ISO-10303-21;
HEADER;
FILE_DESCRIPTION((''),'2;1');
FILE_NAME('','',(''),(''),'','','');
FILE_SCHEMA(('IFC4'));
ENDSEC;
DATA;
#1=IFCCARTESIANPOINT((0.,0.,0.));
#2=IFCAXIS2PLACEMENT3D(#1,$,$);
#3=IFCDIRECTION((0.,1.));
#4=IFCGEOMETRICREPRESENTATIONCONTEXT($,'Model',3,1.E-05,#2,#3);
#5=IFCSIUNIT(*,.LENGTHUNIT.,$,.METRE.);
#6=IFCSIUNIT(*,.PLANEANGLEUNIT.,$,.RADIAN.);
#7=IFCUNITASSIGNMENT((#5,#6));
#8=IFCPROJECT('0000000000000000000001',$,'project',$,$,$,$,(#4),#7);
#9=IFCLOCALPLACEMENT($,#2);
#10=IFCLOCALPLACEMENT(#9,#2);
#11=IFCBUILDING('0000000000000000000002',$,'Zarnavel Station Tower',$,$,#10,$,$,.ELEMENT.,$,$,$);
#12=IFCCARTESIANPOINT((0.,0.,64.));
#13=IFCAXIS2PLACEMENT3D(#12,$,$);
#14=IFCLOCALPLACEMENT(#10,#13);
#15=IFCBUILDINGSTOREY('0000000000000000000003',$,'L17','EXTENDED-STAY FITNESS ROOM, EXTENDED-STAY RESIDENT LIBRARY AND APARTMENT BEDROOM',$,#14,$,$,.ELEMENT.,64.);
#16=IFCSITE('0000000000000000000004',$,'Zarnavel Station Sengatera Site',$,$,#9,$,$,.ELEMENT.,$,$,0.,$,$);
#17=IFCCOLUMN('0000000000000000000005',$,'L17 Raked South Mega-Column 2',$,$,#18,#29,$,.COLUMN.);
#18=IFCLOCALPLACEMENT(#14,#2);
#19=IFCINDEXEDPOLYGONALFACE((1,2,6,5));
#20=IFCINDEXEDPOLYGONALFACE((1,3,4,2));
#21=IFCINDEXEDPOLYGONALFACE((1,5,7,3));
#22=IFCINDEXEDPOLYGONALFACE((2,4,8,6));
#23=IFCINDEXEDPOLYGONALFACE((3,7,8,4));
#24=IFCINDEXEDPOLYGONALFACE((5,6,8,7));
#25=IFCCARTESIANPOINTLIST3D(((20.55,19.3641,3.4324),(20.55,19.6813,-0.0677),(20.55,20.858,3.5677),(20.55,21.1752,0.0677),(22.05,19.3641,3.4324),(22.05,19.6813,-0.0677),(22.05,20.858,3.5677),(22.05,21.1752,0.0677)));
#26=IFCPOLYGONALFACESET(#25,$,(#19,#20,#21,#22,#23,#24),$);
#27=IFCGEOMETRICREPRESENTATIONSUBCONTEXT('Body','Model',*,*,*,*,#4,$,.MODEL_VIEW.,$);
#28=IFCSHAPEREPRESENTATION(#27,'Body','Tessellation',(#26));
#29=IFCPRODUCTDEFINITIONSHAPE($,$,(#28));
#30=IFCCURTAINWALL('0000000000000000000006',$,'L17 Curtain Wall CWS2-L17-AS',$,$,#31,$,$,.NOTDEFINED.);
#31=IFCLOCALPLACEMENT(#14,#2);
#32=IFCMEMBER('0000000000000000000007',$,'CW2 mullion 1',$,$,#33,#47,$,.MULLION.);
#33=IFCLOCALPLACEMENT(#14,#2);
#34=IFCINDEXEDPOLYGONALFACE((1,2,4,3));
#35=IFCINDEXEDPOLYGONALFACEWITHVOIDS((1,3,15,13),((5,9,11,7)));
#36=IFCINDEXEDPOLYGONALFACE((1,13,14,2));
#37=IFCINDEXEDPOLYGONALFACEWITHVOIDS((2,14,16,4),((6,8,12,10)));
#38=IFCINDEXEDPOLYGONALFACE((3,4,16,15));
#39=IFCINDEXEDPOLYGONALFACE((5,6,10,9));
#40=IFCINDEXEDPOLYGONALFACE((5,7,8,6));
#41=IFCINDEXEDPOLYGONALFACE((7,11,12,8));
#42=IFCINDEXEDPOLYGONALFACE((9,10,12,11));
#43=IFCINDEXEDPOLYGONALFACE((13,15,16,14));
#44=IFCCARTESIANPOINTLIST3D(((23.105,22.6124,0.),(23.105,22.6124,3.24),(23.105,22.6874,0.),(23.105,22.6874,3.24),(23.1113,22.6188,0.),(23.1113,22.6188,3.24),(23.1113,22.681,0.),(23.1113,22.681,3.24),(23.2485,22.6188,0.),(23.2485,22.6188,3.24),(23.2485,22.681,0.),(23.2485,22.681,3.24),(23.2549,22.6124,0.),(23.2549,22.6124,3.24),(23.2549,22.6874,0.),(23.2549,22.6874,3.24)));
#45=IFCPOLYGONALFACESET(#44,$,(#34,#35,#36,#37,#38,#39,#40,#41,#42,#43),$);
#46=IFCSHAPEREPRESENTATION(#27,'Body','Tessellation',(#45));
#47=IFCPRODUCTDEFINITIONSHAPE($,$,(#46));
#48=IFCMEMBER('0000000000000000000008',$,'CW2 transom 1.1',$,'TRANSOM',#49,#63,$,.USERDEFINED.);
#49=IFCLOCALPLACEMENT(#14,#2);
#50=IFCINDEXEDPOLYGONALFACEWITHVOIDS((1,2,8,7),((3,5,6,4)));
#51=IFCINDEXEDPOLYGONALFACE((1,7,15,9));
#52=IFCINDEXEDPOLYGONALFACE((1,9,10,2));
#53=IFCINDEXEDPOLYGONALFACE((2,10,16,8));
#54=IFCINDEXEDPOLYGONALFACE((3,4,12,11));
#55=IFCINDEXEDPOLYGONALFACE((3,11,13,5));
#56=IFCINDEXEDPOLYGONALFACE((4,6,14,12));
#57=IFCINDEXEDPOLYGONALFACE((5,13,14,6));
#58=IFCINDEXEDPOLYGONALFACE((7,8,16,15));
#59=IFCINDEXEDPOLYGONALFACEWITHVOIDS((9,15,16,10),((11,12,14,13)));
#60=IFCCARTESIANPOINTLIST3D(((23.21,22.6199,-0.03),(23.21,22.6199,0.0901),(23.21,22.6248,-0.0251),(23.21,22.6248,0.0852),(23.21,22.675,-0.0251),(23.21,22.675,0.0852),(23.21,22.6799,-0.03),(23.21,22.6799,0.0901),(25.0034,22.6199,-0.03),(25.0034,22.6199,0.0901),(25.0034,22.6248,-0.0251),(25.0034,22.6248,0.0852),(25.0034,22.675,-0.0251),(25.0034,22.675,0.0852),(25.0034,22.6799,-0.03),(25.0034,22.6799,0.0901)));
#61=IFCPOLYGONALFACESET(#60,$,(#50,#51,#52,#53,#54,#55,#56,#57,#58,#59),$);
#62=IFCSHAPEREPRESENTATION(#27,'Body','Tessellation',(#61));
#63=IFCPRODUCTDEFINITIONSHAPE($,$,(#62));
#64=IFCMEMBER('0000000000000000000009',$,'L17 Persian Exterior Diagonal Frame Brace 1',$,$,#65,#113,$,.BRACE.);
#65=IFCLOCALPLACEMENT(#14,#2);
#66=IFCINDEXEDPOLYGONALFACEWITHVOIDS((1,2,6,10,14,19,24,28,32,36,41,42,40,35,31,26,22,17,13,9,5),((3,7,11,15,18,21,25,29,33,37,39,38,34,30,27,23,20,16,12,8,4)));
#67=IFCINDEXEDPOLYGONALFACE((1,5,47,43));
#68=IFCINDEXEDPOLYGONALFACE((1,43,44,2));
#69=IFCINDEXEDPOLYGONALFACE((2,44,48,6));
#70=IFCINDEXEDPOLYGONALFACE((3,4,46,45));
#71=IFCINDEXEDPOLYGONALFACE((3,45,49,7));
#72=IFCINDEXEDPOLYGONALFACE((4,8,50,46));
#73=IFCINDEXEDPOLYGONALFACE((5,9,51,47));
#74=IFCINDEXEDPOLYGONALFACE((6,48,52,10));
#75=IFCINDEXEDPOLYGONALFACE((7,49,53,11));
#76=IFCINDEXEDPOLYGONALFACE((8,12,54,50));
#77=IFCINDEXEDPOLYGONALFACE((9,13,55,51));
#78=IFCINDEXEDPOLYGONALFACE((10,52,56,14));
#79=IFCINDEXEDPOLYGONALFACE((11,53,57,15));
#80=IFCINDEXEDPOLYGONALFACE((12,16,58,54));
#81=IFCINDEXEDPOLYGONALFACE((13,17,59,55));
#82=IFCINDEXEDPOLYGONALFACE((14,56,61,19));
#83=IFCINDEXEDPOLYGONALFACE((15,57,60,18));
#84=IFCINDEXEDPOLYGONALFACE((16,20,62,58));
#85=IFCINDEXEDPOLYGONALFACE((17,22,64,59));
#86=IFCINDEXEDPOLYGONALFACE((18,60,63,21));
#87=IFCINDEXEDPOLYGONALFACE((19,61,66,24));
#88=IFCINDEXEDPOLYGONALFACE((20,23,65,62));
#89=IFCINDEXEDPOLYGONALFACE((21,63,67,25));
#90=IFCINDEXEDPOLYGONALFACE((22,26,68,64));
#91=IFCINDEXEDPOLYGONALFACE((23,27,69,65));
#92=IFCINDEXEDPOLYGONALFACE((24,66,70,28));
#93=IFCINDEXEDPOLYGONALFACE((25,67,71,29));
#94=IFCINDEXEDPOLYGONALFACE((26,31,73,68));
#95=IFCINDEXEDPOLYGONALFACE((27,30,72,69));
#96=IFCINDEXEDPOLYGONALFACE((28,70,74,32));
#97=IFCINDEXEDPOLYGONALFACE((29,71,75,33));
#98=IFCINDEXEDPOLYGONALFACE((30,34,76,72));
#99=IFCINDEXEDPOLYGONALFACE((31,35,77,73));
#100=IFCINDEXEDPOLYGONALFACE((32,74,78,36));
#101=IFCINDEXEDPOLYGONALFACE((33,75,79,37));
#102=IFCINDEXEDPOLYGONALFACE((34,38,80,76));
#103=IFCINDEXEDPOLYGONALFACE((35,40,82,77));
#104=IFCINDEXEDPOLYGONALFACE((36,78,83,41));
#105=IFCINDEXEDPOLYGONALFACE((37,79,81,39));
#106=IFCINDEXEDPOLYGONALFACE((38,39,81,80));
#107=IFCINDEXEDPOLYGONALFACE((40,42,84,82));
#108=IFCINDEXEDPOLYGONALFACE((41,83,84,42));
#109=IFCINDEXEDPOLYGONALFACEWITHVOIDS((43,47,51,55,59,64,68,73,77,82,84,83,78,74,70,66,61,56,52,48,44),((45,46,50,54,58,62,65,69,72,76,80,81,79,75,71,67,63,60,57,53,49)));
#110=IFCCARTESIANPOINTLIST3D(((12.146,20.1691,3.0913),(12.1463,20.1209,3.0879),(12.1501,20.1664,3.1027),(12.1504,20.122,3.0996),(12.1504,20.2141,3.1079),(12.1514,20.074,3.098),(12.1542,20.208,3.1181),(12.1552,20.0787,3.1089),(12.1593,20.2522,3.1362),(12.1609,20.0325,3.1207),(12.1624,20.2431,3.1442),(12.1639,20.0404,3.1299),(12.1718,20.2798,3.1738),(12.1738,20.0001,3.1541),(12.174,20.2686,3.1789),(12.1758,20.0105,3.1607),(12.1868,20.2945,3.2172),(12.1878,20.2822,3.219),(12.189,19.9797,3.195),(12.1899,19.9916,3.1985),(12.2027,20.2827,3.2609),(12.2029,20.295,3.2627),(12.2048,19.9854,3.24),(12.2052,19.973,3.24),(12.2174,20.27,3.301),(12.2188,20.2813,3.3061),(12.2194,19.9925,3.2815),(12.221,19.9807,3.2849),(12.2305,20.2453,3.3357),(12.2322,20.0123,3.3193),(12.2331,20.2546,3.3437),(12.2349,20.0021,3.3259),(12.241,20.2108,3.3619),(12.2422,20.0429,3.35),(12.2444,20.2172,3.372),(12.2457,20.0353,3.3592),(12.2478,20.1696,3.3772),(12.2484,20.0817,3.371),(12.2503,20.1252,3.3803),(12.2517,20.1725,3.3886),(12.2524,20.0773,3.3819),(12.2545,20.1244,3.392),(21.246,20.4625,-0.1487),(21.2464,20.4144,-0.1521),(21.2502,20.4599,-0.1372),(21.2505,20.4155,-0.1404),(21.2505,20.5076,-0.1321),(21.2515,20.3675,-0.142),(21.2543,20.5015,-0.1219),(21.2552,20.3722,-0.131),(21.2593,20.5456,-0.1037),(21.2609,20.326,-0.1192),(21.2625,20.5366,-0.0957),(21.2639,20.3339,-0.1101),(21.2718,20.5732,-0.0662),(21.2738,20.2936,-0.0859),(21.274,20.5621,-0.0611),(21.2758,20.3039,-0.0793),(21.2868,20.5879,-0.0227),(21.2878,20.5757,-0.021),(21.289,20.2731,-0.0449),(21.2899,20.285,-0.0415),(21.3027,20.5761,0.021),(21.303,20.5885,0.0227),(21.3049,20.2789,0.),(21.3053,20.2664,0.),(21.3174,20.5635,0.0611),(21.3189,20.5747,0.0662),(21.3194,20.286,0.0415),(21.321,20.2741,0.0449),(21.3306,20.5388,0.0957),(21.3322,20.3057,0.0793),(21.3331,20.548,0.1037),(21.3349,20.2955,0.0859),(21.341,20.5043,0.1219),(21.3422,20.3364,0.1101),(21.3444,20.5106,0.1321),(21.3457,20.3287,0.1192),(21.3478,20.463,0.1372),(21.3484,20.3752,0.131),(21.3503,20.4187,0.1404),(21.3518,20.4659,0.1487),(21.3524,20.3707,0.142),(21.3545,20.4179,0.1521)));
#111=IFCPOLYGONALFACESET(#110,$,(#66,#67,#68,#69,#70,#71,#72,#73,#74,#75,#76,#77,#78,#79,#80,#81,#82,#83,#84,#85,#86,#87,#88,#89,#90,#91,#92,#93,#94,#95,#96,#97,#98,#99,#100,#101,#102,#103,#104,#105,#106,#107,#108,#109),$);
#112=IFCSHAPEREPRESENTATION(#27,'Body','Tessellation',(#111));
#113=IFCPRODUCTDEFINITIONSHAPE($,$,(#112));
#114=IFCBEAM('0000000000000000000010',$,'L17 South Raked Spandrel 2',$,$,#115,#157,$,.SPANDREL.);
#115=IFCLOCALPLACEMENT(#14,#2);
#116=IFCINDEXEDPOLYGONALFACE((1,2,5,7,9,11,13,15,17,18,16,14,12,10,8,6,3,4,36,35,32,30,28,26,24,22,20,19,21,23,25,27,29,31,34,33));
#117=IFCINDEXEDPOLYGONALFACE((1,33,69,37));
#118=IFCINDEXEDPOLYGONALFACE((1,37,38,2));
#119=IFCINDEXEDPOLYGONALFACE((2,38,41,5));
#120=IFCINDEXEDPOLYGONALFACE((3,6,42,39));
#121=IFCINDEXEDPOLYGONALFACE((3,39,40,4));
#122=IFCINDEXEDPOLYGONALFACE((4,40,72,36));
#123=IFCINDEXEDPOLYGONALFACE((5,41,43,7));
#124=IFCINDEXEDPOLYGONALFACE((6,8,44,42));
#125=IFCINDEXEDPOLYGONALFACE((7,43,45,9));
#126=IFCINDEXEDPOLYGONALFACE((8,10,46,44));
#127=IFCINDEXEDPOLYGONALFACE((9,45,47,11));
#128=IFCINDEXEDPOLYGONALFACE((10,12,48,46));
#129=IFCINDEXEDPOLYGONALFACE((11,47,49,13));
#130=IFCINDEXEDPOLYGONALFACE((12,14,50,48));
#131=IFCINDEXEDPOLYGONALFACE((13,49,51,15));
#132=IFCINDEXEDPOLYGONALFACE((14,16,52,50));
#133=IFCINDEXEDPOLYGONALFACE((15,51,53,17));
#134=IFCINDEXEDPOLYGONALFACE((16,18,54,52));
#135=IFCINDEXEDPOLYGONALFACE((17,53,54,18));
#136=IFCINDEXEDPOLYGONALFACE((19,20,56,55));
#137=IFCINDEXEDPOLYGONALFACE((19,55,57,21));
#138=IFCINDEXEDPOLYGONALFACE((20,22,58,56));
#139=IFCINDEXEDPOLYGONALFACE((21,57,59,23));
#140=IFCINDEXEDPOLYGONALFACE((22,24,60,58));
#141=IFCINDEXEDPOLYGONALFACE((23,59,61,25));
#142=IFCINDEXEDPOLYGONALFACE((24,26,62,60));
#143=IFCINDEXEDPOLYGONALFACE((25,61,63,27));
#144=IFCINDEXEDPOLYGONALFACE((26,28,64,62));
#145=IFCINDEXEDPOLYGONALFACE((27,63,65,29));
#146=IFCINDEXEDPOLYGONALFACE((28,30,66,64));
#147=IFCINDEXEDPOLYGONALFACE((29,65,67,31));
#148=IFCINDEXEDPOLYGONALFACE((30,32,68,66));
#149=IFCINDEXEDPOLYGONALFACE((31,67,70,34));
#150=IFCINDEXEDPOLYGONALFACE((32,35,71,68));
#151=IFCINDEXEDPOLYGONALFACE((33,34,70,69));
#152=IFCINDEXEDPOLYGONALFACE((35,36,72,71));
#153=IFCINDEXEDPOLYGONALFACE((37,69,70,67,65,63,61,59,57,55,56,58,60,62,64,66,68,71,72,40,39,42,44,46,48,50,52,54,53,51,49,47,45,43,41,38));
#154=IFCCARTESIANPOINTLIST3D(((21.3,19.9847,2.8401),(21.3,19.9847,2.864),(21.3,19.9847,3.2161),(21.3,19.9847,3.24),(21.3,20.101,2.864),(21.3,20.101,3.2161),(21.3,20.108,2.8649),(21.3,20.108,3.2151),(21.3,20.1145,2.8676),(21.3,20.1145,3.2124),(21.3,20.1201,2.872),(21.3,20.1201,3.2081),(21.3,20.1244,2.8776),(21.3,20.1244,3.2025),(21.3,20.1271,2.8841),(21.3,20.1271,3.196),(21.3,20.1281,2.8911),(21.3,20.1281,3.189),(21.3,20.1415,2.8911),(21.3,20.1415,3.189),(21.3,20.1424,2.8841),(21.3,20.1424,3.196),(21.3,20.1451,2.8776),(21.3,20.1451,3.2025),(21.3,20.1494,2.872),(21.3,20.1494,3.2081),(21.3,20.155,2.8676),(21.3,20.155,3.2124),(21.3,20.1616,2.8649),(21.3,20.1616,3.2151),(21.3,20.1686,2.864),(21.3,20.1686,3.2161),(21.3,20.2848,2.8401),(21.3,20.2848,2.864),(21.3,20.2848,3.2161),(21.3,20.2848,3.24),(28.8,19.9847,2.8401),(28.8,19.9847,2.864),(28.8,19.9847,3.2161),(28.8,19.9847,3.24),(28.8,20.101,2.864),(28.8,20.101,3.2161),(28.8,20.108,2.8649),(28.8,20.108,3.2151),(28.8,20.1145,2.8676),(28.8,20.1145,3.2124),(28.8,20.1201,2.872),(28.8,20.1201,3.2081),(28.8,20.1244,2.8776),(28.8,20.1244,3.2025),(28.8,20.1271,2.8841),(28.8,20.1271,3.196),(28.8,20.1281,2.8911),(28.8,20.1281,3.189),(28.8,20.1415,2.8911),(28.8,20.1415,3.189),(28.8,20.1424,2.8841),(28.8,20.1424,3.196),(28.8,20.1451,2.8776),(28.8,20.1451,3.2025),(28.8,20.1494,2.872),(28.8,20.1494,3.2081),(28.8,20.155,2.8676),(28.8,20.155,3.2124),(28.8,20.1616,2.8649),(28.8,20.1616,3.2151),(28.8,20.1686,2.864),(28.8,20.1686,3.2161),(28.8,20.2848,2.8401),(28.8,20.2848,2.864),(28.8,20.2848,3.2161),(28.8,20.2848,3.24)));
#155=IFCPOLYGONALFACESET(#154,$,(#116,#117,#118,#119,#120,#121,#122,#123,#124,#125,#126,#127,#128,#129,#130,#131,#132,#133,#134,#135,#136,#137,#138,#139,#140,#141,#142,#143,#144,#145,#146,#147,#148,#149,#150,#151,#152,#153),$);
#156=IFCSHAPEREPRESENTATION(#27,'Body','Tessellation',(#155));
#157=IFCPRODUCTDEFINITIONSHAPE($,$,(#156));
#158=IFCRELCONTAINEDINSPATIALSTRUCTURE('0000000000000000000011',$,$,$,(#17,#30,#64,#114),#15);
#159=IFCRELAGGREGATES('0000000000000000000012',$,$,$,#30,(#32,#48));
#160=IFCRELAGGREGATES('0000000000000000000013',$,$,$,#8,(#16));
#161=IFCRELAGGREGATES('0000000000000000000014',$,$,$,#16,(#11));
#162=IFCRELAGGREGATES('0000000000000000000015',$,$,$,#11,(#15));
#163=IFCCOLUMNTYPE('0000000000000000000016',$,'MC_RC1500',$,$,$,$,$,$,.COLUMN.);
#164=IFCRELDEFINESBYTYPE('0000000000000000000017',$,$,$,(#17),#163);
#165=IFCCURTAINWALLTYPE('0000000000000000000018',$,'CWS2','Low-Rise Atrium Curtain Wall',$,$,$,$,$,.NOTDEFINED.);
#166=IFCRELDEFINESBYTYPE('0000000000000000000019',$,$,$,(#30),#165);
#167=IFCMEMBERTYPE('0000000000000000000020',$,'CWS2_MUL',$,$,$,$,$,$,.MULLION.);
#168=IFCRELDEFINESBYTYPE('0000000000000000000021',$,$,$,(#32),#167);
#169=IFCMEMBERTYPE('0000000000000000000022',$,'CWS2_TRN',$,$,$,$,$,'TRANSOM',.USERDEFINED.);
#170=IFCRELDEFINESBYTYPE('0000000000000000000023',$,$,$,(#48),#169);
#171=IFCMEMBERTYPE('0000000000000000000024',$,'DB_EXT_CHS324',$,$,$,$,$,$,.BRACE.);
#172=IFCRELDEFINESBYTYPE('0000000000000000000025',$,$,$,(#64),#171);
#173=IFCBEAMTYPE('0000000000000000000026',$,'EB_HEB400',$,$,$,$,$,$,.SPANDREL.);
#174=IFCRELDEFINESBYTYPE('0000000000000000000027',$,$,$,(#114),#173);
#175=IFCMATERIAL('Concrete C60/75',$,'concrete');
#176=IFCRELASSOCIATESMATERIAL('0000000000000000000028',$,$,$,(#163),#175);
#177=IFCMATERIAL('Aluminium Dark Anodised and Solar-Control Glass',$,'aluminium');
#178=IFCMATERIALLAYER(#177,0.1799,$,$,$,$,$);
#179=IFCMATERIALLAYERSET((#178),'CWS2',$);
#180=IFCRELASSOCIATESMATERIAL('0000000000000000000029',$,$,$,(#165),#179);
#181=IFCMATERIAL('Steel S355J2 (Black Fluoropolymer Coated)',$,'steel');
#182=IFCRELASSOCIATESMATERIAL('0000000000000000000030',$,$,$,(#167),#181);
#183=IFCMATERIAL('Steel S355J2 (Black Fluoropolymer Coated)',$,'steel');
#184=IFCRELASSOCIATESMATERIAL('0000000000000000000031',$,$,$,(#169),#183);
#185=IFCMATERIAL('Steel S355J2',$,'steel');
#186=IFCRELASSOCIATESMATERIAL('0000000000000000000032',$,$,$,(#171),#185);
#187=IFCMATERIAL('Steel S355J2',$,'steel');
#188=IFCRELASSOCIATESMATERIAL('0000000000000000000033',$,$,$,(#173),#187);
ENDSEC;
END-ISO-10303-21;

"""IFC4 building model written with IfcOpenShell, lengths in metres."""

from ifc_helpers import new_model, si_unit, direction, frame, origin, origin_2d, place, context, subcontext, project, spatial, rectangle, hollow_rectangle, hollow_circle, i_section, extrude, material, layer, layer_set, material_profile, profile_set, type_object, element, aggregate, save


model = new_model("IFC4")

# Units and contexts
model_context = context("Model", 3, precision=1e-05, world=origin(), true_north=direction((0.0, 1.0)))
body_context = subcontext(model_context, "Body", "Model", "MODEL_VIEW")
ifc_project = project(units=[si_unit("LENGTHUNIT", "METRE"), si_unit("PLANEANGLEUNIT", "RADIAN")], contexts=[model_context])

# Site, building, storey
site_placement = place(None, origin())
site = spatial("IfcSite", under=ifc_project, at=site_placement, Name="Zarnavel Station Sengatera Site", CompositionType="ELEMENT", RefElevation=0.0)
building_placement = place(site_placement, origin())
building = spatial("IfcBuilding", under=site, at=building_placement, Name="Zarnavel Station Tower", CompositionType="ELEMENT")
storey_placement = place(building_placement, frame((0.0, 0.0, 64.0)))
storey = spatial("IfcBuildingStorey", under=building, at=storey_placement, Name="L17", Description="EXTENDED-STAY FITNESS ROOM, EXTENDED-STAY RESIDENT LIBRARY AND APARTMENT BEDROOM", CompositionType="ELEMENT", Elevation=64.0)

# Column
ifc_material_1 = material(Name="Concrete C60/75", Category="concrete")
ifc_material_profile_1 = material_profile(ifc_material_1, rectangle(XDim=1.5, YDim=1.5, at=origin_2d()), Name="RC1500x1500")
ifc_profile_set_1 = profile_set([ifc_material_profile_1], Name="Concrete C60/75")
column_type = type_object("IfcColumnType", Name="MC_RC1500", PredefinedType="COLUMN", material=ifc_profile_set_1)
column_placement = place(storey_placement, frame((21.3, 20.4282, 0.0), z_axis=(0.0, -0.090241, 0.99592), x_axis=(1.0, 0.0, 0.0)))
element("IfcColumn", 1, at=column_placement, inside=storey, type_object=column_type, Name="L17 Raked South Mega-Column 2", PredefinedType="COLUMN", context=body_context, shape_type="SweptSolid", body=[
    extrude(rectangle(XDim=1.5, YDim=1.5, at=origin_2d()), origin(), (0.0, 0.0, 1.0), 3.5144),
])

# Curtain wall, members
ifc_material_2 = material(Name="Aluminium Dark Anodised and Solar-Control Glass", Category="aluminium")
ifc_layer_1 = layer(ifc_material_2, 0.1799)
ifc_layer_set_1 = layer_set([ifc_layer_1], Name="CWS2")
curtain_wall_type = type_object("IfcCurtainWallType", Name="CWS2", Description="Low-Rise Atrium Curtain Wall", PredefinedType="NOTDEFINED", material=ifc_layer_set_1)
curtain_wall_placement = place(storey_placement, origin())
curtain_wall = element("IfcCurtainWall", 2, at=curtain_wall_placement, inside=storey, type_object=curtain_wall_type, Name="L17 Curtain Wall CWS2-L17-AS", PredefinedType="NOTDEFINED")
ifc_material_3 = material(Name="Steel S355J2 (Black Fluoropolymer Coated)", Category="steel")
ifc_material_profile_2 = material_profile(ifc_material_3, hollow_rectangle(XDim=0.075, YDim=0.1499, WallThickness=0.0063, at=origin_2d()), Name="RHS150x75x6.3")
ifc_profile_set_2 = profile_set([ifc_material_profile_2], Name="Steel S355J2 (Black Fluoropolymer Coated)")
member_type_1 = type_object("IfcMemberType", Name="CWS2_MUL", PredefinedType="MULLION", material=ifc_profile_set_2)
member_1_placement = place(storey_placement, frame((23.1799, 22.6499, 0.0), z_axis=(0.0, 0.0, 1.0), x_axis=(0.0, 1.0, 0.0)))
member_1 = element("IfcMember", 3, at=member_1_placement, type_object=member_type_1, Name="CW2 mullion 1", PredefinedType="MULLION", context=body_context, shape_type="SweptSolid", body=[
    extrude(hollow_rectangle(XDim=0.075, YDim=0.1499, WallThickness=0.0063, at=origin_2d()), origin(), (0.0, 0.0, 1.0), 3.24),
])
ifc_material_4 = material(Name="Steel S355J2 (Black Fluoropolymer Coated)", Category="steel")
ifc_material_profile_3 = material_profile(ifc_material_4, hollow_rectangle(XDim=0.0601, YDim=0.1201, WallThickness=0.0049, at=origin_2d()), Name="RHS120x60x5")
ifc_profile_set_3 = profile_set([ifc_material_profile_3], Name="Steel S355J2 (Black Fluoropolymer Coated)")
member_type_2 = type_object("IfcMemberType", Name="CWS2_TRN", ElementType="TRANSOM", PredefinedType="USERDEFINED", material=ifc_profile_set_3)
member_2_placement = place(storey_placement, frame((23.21, 22.6499, 0.03), z_axis=(1.0, 0.0, 0.0), x_axis=(0.0, 1.0, 0.0)))
member_2 = element("IfcMember", 4, at=member_2_placement, type_object=member_type_2, Name="CW2 transom 1.1", ObjectType="TRANSOM", PredefinedType="USERDEFINED", context=body_context, shape_type="SweptSolid", body=[
    extrude(hollow_rectangle(XDim=0.0601, YDim=0.1201, WallThickness=0.0049, at=origin_2d()), origin(), (0.0, 0.0, 1.0), 1.7935),
])
aggregate(curtain_wall, [member_1, member_2])

# Member
ifc_material_5 = material(Name="Steel S355J2", Category="steel")
ifc_material_profile_4 = material_profile(ifc_material_5, hollow_circle(Radius=0.1619, WallThickness=0.0125, at=origin_2d()), Name="CHS323.9x12.5")
ifc_profile_set_4 = profile_set([ifc_material_profile_4], Name="Steel S355J2")
member_type_3 = type_object("IfcMemberType", Name="DB_EXT_CHS324", PredefinedType="BRACE", material=ifc_profile_set_4)
member_3_placement = place(storey_placement, frame((21.3, 20.4282, 0.0), z_axis=(-0.941636, -0.030366, 0.335259), x_axis=(0.032231, -0.99948, 0.0)))
element("IfcMember", 5, at=member_3_placement, inside=storey, type_object=member_type_3, Name="L17 Persian Exterior Diagonal Frame Brace 1", PredefinedType="BRACE", context=body_context, shape_type="SweptSolid", body=[
    extrude(hollow_circle(Radius=0.1619, WallThickness=0.0125, at=origin_2d()), origin(), (0.0, 0.0, 1.0), 9.6641),
])

# Beam
ifc_material_6 = material(Name="Steel S355J2", Category="steel")
ifc_material_profile_5 = material_profile(ifc_material_6, i_section(OverallWidth=0.3, OverallDepth=0.3999, WebThickness=0.0134, FlangeThickness=0.0239, FilletRadius=0.0271, at=origin_2d()), Name="HEB400")
ifc_profile_set_5 = profile_set([ifc_material_profile_5], Name="Steel S355J2")
beam_type_1 = type_object("IfcBeamType", Name="EB_HEB400", PredefinedType="SPANDREL", material=ifc_profile_set_5)
beam_1_placement = place(storey_placement, frame((21.3, 20.1348, 3.04), z_axis=(1.0, 0.0, 0.0), x_axis=(0.0, 1.0, 0.0)))
element("IfcBeam", 6, at=beam_1_placement, inside=storey, type_object=beam_type_1, Name="L17 South Raked Spandrel 2", PredefinedType="SPANDREL", context=body_context, shape_type="SweptSolid", body=[
    extrude(i_section(OverallWidth=0.3, OverallDepth=0.3999, WebThickness=0.0134, FlangeThickness=0.0239, FilletRadius=0.0271, at=origin_2d()), origin(), (0.0, 0.0, 1.0), 7.5),
])

save(model, "model.ifc")
